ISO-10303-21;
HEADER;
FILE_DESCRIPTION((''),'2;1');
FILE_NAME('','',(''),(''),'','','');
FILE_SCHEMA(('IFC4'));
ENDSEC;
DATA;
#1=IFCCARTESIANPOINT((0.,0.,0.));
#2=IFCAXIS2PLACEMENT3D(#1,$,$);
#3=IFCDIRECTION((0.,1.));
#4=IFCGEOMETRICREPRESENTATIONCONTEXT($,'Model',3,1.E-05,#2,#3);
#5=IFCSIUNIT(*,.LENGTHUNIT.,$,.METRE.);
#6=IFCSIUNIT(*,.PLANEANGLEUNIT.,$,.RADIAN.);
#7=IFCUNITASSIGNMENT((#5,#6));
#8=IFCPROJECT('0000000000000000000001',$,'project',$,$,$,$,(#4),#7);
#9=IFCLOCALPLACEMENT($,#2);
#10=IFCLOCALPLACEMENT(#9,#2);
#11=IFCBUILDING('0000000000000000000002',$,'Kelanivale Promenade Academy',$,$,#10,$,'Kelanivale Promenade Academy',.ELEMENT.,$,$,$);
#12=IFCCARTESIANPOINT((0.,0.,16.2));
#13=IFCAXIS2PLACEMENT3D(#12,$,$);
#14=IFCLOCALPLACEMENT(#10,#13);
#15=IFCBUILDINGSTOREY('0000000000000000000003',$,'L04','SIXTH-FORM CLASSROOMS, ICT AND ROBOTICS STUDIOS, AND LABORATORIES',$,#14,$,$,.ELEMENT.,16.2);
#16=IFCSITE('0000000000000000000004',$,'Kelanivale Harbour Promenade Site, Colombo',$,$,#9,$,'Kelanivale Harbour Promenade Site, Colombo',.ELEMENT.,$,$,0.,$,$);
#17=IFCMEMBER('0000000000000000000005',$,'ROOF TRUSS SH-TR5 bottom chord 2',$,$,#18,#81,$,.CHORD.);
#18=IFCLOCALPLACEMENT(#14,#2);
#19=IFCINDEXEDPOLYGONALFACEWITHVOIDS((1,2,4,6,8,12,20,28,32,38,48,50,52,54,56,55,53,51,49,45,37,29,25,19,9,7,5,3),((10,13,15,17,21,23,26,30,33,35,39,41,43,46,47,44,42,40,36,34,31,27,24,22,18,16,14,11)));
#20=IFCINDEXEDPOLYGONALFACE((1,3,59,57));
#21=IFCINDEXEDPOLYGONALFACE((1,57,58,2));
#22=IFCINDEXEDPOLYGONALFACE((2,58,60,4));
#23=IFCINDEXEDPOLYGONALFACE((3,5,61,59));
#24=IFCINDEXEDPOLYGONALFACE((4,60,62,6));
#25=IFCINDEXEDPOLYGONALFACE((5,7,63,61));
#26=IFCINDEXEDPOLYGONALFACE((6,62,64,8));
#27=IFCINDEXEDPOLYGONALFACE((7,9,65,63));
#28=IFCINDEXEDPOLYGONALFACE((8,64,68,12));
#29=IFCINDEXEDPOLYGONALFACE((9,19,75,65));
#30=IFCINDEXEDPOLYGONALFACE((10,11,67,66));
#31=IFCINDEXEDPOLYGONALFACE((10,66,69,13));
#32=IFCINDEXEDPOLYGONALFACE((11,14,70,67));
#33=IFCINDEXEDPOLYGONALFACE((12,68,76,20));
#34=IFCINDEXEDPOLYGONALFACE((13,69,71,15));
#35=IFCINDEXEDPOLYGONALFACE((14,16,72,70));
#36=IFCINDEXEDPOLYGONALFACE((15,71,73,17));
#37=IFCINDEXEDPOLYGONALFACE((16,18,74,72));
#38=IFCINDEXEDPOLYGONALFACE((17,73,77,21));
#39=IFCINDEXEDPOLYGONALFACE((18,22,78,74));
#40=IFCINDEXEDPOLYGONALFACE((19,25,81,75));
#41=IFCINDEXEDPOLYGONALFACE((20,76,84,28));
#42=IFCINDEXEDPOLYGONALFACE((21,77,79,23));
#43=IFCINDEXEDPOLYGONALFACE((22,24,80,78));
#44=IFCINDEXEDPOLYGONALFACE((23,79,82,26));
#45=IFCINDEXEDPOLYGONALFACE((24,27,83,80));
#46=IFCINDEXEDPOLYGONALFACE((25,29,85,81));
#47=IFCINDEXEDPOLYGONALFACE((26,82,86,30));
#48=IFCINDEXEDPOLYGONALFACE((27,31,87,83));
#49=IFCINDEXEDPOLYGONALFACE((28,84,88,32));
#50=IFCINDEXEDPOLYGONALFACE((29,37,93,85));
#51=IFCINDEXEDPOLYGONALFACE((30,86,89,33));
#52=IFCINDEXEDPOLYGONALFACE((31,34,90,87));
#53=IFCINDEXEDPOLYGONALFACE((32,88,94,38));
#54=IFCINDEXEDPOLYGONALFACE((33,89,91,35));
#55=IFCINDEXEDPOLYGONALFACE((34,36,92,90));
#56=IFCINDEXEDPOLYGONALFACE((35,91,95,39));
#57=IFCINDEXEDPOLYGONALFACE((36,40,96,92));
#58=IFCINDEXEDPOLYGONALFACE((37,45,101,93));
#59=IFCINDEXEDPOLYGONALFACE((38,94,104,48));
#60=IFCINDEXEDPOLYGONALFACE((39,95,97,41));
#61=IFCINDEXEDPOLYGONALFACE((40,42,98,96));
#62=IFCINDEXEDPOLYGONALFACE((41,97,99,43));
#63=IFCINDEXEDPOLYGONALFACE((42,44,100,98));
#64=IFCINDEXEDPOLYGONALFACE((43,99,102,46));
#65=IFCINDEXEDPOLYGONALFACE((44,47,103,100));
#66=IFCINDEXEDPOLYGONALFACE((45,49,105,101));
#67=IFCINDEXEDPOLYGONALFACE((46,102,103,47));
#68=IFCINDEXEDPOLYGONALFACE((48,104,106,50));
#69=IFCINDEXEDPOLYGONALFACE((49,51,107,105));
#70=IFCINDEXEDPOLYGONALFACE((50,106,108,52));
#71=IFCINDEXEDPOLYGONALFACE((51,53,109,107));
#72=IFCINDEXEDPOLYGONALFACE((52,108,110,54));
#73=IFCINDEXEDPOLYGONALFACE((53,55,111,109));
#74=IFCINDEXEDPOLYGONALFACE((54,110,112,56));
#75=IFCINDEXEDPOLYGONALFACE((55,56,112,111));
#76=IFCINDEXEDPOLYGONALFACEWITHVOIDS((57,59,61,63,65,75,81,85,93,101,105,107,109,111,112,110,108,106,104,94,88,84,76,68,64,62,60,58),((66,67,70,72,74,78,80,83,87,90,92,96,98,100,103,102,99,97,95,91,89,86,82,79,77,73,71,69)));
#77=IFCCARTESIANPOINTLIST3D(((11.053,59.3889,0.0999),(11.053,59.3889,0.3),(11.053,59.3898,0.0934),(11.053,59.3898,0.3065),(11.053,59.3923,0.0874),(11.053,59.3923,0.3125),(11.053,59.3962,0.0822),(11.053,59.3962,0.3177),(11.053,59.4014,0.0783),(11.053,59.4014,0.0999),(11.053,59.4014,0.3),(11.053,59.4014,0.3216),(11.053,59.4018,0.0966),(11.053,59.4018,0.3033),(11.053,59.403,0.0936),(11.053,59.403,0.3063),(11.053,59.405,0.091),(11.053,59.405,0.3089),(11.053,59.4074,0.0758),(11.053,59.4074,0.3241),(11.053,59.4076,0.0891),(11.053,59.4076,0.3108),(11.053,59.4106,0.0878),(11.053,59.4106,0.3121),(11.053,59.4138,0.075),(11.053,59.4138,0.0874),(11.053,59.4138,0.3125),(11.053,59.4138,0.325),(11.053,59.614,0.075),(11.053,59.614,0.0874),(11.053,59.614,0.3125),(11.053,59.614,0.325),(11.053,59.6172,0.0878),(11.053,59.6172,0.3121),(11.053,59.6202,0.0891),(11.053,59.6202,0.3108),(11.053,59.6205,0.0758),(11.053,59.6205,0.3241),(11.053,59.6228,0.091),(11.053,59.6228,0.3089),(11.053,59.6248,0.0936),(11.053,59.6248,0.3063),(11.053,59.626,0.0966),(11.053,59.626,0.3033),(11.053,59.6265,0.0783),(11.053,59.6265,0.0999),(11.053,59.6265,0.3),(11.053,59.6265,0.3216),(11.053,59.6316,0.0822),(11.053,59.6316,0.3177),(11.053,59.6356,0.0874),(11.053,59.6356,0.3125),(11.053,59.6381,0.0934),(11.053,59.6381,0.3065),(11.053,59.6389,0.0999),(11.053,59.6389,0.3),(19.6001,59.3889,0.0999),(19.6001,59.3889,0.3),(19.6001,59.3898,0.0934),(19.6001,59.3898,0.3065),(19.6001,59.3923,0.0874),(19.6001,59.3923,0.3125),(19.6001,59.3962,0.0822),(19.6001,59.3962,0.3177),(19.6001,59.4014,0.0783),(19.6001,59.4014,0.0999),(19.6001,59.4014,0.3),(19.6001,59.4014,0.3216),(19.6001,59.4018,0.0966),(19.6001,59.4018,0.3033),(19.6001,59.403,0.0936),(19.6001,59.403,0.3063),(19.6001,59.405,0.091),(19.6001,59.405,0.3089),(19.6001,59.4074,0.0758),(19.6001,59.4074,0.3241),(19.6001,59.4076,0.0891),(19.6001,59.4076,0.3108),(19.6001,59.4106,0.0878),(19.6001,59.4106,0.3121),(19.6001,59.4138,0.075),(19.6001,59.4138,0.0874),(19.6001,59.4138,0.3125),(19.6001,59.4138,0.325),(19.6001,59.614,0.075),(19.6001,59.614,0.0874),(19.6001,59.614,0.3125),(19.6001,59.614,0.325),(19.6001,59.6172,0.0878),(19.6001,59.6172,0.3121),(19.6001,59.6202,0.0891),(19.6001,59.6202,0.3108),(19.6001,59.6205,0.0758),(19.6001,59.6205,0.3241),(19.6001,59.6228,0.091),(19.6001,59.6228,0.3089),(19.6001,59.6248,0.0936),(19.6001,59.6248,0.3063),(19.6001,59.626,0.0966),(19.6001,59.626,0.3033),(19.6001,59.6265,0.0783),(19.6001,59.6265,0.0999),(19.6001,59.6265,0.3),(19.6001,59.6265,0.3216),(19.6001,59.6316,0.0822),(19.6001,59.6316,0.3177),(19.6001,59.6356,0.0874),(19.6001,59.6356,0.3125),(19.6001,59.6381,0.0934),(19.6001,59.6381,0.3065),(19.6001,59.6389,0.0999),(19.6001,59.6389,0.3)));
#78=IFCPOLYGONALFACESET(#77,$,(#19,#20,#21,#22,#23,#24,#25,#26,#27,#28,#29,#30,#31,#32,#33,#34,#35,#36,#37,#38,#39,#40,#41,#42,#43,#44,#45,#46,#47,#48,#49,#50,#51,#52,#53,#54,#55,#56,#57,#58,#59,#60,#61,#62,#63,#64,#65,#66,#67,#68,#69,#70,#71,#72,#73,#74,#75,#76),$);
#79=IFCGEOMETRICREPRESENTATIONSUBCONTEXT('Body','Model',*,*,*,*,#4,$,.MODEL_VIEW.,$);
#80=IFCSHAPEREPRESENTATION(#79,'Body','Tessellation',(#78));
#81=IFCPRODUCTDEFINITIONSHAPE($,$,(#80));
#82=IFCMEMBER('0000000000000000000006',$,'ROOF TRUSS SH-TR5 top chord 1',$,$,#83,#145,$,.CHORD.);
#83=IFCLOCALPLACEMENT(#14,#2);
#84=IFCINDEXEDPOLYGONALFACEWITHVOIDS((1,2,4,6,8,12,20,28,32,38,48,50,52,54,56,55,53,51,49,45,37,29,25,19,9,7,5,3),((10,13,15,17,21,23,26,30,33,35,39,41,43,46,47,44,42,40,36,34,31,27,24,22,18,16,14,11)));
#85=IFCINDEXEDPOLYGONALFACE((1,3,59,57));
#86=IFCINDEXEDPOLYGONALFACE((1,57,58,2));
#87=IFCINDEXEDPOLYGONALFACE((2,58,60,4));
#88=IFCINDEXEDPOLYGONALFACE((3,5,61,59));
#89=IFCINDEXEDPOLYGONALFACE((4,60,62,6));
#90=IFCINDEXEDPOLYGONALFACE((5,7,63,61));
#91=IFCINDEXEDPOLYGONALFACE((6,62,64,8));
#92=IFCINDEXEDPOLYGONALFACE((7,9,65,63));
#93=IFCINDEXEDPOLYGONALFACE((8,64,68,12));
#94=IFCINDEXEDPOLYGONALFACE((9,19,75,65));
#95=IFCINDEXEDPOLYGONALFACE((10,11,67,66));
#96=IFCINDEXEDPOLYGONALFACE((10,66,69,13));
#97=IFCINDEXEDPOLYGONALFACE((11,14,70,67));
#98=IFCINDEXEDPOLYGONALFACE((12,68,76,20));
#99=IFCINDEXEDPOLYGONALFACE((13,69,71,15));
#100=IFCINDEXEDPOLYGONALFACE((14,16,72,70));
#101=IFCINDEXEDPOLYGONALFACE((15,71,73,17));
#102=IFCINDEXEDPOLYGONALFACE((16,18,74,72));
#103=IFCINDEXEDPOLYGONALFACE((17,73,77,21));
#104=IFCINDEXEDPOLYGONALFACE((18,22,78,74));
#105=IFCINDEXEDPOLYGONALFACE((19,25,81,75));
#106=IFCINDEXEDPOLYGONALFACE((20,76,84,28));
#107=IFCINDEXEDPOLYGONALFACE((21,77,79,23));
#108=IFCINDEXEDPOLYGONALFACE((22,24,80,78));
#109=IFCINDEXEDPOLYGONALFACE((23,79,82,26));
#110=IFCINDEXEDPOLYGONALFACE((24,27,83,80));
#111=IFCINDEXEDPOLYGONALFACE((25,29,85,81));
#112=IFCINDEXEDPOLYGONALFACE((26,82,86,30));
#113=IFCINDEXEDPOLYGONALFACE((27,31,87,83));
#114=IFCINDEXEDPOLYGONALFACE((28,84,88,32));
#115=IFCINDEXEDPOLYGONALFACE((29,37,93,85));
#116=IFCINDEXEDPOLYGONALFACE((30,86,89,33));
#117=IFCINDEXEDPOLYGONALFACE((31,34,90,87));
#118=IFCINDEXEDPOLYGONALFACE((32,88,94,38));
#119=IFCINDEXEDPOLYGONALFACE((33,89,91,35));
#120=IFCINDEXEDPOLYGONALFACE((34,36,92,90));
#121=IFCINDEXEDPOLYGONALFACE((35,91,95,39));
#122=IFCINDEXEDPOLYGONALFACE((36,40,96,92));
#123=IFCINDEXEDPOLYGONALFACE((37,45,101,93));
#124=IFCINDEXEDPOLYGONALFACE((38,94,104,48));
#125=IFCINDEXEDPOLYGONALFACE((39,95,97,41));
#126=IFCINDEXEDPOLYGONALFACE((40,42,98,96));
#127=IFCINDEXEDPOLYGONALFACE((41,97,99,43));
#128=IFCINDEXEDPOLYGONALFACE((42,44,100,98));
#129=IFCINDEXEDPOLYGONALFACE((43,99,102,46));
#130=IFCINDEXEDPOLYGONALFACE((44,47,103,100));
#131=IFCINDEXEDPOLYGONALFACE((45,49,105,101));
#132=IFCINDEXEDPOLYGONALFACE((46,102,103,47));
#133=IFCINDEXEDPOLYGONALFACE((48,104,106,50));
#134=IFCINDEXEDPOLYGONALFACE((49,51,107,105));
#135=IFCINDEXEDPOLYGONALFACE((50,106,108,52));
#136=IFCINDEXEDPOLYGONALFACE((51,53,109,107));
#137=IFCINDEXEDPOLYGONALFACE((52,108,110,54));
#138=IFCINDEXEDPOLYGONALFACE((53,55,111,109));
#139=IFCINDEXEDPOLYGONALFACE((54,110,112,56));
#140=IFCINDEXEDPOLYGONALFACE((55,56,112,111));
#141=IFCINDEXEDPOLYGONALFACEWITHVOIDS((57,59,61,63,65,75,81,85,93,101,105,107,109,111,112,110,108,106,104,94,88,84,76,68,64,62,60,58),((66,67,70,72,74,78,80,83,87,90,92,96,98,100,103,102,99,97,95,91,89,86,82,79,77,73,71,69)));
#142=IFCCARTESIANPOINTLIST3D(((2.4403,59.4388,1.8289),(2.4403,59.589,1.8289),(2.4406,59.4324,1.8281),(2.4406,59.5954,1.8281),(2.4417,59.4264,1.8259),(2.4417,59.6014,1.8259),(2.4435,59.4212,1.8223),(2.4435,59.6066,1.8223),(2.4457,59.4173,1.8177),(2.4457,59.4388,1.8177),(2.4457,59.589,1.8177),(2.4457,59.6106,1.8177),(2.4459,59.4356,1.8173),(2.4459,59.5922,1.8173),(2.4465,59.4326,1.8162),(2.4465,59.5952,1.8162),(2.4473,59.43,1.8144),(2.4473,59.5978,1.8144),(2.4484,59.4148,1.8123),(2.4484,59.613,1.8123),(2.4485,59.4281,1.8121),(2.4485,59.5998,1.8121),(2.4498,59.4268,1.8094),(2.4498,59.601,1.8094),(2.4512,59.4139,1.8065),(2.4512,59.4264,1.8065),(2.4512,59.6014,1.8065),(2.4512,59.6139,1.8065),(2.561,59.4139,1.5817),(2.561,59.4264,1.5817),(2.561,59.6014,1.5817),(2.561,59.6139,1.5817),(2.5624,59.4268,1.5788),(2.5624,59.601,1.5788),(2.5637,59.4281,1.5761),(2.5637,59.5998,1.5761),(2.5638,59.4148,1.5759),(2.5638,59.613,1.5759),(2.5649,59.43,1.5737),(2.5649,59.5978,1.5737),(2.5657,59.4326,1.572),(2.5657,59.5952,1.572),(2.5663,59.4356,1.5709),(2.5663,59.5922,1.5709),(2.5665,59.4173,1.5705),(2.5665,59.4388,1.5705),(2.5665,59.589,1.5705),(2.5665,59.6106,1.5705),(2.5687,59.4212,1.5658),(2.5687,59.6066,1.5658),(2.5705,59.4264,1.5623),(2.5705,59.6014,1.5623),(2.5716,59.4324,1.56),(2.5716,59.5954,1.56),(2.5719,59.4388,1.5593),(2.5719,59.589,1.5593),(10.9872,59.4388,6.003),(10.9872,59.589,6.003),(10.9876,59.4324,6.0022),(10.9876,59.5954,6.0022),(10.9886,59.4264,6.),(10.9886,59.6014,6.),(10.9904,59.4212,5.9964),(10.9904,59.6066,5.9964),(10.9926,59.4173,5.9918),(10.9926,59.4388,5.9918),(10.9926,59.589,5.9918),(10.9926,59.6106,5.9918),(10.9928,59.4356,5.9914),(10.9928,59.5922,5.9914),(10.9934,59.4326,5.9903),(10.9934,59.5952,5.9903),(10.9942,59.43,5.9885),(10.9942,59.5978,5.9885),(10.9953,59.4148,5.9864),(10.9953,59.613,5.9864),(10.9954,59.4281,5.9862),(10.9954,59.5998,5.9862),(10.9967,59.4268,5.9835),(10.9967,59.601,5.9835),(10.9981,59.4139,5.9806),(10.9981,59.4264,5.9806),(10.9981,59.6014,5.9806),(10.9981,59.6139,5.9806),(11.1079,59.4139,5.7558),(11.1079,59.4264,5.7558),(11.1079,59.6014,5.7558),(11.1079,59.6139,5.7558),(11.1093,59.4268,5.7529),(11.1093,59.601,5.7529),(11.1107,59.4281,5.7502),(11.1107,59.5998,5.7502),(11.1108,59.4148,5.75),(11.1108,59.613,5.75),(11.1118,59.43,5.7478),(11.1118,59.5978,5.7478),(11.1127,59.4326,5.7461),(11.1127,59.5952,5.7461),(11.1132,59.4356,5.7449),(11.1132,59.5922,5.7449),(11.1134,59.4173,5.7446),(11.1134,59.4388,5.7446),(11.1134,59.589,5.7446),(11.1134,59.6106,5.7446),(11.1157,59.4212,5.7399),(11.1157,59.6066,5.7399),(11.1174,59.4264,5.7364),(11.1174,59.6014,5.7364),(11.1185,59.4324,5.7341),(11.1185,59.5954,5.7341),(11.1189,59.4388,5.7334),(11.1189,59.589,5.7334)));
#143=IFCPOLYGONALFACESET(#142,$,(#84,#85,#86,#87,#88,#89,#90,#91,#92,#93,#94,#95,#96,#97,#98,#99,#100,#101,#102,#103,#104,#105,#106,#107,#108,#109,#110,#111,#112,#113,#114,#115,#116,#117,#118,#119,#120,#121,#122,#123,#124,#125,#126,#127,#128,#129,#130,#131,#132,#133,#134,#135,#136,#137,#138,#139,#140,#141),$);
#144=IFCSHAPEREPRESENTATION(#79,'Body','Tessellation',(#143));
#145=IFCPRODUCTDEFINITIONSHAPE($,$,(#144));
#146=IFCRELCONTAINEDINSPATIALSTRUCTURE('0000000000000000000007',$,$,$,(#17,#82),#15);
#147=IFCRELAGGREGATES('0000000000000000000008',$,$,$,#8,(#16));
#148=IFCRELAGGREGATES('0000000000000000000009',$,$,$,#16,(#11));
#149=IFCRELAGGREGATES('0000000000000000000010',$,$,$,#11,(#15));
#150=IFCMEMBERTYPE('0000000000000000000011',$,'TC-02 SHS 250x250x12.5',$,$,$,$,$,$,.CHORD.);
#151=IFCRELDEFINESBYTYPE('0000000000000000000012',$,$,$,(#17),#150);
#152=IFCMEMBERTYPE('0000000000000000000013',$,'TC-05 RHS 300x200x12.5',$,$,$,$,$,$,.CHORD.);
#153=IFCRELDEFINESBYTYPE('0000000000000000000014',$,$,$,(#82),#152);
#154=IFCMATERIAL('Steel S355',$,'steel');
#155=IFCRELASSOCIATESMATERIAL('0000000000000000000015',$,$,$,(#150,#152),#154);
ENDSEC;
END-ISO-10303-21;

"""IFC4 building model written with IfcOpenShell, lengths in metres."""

from ifc_helpers import new_model, si_unit, direction, frame, origin, origin_2d, place, context, subcontext, project, spatial, hollow_rectangle, extrude, material, material_profile, profile_set, type_object, element, save


model = new_model("IFC4")

# Units and contexts
model_context = context("Model", 3, precision=1e-05, world=origin(), true_north=direction((0.0, 1.0)))
body_context = subcontext(model_context, "Body", "Model", "MODEL_VIEW")
ifc_project = project(units=[si_unit("LENGTHUNIT", "METRE"), si_unit("PLANEANGLEUNIT", "RADIAN")], contexts=[model_context])

# Site, building, storey
site_placement = place(None, origin())
site = spatial("IfcSite", under=ifc_project, at=site_placement, Name="Kelanivale Harbour Promenade Site, Colombo", LongName="Kelanivale Harbour Promenade Site, Colombo", CompositionType="ELEMENT", RefElevation=0.0)
building_placement = place(site_placement, origin())
building = spatial("IfcBuilding", under=site, at=building_placement, Name="Kelanivale Promenade Academy", LongName="Kelanivale Promenade Academy", CompositionType="ELEMENT")
storey_placement = place(building_placement, frame((0.0, 0.0, 16.2)))
storey = spatial("IfcBuildingStorey", under=building, at=storey_placement, Name="L04", Description="SIXTH-FORM CLASSROOMS, ICT AND ROBOTICS STUDIOS, AND LABORATORIES", CompositionType="ELEMENT", Elevation=16.2)

# Shared definitions
ifc_material_1 = material(Name="Steel S355", Category="steel")

# Members
ifc_material_profile_1 = material_profile(ifc_material_1, hollow_rectangle(XDim=0.25, YDim=0.25, WallThickness=0.0125, InnerFilletRadius=0.0125, OuterFilletRadius=0.0249, at=origin_2d()), Name="SHS 250x250x12.5")
ifc_profile_set_1 = profile_set([ifc_material_profile_1], Name="Steel S355")
member_type_1 = type_object("IfcMemberType", Name="TC-02 SHS 250x250x12.5", PredefinedType="CHORD", material=ifc_profile_set_1)
member_1_placement = place(storey_placement, frame((11.053, 59.5139, 0.2), z_axis=(1.0, 0.0, 0.0), x_axis=(0.0, 1.0, 0.0)))
element("IfcMember", 1, at=member_1_placement, inside=storey, type_object=member_type_1, Name="ROOF TRUSS SH-TR5 bottom chord 2", PredefinedType="CHORD", context=body_context, shape_type="SweptSolid", body=[
    extrude(hollow_rectangle(XDim=0.25, YDim=0.25, WallThickness=0.0125, InnerFilletRadius=0.0125, OuterFilletRadius=0.0249, at=origin_2d()), origin(), (0.0, 0.0, 1.0), 8.5471),
])
ifc_material_profile_2 = material_profile(ifc_material_1, hollow_rectangle(XDim=0.2, YDim=0.3, WallThickness=0.0125, InnerFilletRadius=0.0125, OuterFilletRadius=0.0249, at=origin_2d()), Name="RHS 300x200x12.5")
ifc_profile_set_2 = profile_set([ifc_material_profile_2], Name="Steel S355")
member_type_2 = type_object("IfcMemberType", Name="TC-05 RHS 300x200x12.5", PredefinedType="CHORD", material=ifc_profile_set_2)
for number, where, z_axis, x_axis, name in (
    (2, (2.5061, 59.5139, 1.6941), (0.898567, 0.0, 0.438837), (0.0, 1.0, 0.0), "ROOF TRUSS SH-TR5 top chord 1"),
):
    element("IfcMember", number, at=place(storey_placement, frame(where, z_axis=z_axis, x_axis=x_axis)), inside=storey, type_object=member_type_2, Name=name, PredefinedType="CHORD", context=body_context, shape_type="SweptSolid", body=[
        extrude(hollow_rectangle(XDim=0.2, YDim=0.3, WallThickness=0.0125, InnerFilletRadius=0.0125, OuterFilletRadius=0.0249, at=origin_2d()), origin(), (0.0, 0.0, 1.0), 9.5117),
    ])

save(model, "model.ifc")
